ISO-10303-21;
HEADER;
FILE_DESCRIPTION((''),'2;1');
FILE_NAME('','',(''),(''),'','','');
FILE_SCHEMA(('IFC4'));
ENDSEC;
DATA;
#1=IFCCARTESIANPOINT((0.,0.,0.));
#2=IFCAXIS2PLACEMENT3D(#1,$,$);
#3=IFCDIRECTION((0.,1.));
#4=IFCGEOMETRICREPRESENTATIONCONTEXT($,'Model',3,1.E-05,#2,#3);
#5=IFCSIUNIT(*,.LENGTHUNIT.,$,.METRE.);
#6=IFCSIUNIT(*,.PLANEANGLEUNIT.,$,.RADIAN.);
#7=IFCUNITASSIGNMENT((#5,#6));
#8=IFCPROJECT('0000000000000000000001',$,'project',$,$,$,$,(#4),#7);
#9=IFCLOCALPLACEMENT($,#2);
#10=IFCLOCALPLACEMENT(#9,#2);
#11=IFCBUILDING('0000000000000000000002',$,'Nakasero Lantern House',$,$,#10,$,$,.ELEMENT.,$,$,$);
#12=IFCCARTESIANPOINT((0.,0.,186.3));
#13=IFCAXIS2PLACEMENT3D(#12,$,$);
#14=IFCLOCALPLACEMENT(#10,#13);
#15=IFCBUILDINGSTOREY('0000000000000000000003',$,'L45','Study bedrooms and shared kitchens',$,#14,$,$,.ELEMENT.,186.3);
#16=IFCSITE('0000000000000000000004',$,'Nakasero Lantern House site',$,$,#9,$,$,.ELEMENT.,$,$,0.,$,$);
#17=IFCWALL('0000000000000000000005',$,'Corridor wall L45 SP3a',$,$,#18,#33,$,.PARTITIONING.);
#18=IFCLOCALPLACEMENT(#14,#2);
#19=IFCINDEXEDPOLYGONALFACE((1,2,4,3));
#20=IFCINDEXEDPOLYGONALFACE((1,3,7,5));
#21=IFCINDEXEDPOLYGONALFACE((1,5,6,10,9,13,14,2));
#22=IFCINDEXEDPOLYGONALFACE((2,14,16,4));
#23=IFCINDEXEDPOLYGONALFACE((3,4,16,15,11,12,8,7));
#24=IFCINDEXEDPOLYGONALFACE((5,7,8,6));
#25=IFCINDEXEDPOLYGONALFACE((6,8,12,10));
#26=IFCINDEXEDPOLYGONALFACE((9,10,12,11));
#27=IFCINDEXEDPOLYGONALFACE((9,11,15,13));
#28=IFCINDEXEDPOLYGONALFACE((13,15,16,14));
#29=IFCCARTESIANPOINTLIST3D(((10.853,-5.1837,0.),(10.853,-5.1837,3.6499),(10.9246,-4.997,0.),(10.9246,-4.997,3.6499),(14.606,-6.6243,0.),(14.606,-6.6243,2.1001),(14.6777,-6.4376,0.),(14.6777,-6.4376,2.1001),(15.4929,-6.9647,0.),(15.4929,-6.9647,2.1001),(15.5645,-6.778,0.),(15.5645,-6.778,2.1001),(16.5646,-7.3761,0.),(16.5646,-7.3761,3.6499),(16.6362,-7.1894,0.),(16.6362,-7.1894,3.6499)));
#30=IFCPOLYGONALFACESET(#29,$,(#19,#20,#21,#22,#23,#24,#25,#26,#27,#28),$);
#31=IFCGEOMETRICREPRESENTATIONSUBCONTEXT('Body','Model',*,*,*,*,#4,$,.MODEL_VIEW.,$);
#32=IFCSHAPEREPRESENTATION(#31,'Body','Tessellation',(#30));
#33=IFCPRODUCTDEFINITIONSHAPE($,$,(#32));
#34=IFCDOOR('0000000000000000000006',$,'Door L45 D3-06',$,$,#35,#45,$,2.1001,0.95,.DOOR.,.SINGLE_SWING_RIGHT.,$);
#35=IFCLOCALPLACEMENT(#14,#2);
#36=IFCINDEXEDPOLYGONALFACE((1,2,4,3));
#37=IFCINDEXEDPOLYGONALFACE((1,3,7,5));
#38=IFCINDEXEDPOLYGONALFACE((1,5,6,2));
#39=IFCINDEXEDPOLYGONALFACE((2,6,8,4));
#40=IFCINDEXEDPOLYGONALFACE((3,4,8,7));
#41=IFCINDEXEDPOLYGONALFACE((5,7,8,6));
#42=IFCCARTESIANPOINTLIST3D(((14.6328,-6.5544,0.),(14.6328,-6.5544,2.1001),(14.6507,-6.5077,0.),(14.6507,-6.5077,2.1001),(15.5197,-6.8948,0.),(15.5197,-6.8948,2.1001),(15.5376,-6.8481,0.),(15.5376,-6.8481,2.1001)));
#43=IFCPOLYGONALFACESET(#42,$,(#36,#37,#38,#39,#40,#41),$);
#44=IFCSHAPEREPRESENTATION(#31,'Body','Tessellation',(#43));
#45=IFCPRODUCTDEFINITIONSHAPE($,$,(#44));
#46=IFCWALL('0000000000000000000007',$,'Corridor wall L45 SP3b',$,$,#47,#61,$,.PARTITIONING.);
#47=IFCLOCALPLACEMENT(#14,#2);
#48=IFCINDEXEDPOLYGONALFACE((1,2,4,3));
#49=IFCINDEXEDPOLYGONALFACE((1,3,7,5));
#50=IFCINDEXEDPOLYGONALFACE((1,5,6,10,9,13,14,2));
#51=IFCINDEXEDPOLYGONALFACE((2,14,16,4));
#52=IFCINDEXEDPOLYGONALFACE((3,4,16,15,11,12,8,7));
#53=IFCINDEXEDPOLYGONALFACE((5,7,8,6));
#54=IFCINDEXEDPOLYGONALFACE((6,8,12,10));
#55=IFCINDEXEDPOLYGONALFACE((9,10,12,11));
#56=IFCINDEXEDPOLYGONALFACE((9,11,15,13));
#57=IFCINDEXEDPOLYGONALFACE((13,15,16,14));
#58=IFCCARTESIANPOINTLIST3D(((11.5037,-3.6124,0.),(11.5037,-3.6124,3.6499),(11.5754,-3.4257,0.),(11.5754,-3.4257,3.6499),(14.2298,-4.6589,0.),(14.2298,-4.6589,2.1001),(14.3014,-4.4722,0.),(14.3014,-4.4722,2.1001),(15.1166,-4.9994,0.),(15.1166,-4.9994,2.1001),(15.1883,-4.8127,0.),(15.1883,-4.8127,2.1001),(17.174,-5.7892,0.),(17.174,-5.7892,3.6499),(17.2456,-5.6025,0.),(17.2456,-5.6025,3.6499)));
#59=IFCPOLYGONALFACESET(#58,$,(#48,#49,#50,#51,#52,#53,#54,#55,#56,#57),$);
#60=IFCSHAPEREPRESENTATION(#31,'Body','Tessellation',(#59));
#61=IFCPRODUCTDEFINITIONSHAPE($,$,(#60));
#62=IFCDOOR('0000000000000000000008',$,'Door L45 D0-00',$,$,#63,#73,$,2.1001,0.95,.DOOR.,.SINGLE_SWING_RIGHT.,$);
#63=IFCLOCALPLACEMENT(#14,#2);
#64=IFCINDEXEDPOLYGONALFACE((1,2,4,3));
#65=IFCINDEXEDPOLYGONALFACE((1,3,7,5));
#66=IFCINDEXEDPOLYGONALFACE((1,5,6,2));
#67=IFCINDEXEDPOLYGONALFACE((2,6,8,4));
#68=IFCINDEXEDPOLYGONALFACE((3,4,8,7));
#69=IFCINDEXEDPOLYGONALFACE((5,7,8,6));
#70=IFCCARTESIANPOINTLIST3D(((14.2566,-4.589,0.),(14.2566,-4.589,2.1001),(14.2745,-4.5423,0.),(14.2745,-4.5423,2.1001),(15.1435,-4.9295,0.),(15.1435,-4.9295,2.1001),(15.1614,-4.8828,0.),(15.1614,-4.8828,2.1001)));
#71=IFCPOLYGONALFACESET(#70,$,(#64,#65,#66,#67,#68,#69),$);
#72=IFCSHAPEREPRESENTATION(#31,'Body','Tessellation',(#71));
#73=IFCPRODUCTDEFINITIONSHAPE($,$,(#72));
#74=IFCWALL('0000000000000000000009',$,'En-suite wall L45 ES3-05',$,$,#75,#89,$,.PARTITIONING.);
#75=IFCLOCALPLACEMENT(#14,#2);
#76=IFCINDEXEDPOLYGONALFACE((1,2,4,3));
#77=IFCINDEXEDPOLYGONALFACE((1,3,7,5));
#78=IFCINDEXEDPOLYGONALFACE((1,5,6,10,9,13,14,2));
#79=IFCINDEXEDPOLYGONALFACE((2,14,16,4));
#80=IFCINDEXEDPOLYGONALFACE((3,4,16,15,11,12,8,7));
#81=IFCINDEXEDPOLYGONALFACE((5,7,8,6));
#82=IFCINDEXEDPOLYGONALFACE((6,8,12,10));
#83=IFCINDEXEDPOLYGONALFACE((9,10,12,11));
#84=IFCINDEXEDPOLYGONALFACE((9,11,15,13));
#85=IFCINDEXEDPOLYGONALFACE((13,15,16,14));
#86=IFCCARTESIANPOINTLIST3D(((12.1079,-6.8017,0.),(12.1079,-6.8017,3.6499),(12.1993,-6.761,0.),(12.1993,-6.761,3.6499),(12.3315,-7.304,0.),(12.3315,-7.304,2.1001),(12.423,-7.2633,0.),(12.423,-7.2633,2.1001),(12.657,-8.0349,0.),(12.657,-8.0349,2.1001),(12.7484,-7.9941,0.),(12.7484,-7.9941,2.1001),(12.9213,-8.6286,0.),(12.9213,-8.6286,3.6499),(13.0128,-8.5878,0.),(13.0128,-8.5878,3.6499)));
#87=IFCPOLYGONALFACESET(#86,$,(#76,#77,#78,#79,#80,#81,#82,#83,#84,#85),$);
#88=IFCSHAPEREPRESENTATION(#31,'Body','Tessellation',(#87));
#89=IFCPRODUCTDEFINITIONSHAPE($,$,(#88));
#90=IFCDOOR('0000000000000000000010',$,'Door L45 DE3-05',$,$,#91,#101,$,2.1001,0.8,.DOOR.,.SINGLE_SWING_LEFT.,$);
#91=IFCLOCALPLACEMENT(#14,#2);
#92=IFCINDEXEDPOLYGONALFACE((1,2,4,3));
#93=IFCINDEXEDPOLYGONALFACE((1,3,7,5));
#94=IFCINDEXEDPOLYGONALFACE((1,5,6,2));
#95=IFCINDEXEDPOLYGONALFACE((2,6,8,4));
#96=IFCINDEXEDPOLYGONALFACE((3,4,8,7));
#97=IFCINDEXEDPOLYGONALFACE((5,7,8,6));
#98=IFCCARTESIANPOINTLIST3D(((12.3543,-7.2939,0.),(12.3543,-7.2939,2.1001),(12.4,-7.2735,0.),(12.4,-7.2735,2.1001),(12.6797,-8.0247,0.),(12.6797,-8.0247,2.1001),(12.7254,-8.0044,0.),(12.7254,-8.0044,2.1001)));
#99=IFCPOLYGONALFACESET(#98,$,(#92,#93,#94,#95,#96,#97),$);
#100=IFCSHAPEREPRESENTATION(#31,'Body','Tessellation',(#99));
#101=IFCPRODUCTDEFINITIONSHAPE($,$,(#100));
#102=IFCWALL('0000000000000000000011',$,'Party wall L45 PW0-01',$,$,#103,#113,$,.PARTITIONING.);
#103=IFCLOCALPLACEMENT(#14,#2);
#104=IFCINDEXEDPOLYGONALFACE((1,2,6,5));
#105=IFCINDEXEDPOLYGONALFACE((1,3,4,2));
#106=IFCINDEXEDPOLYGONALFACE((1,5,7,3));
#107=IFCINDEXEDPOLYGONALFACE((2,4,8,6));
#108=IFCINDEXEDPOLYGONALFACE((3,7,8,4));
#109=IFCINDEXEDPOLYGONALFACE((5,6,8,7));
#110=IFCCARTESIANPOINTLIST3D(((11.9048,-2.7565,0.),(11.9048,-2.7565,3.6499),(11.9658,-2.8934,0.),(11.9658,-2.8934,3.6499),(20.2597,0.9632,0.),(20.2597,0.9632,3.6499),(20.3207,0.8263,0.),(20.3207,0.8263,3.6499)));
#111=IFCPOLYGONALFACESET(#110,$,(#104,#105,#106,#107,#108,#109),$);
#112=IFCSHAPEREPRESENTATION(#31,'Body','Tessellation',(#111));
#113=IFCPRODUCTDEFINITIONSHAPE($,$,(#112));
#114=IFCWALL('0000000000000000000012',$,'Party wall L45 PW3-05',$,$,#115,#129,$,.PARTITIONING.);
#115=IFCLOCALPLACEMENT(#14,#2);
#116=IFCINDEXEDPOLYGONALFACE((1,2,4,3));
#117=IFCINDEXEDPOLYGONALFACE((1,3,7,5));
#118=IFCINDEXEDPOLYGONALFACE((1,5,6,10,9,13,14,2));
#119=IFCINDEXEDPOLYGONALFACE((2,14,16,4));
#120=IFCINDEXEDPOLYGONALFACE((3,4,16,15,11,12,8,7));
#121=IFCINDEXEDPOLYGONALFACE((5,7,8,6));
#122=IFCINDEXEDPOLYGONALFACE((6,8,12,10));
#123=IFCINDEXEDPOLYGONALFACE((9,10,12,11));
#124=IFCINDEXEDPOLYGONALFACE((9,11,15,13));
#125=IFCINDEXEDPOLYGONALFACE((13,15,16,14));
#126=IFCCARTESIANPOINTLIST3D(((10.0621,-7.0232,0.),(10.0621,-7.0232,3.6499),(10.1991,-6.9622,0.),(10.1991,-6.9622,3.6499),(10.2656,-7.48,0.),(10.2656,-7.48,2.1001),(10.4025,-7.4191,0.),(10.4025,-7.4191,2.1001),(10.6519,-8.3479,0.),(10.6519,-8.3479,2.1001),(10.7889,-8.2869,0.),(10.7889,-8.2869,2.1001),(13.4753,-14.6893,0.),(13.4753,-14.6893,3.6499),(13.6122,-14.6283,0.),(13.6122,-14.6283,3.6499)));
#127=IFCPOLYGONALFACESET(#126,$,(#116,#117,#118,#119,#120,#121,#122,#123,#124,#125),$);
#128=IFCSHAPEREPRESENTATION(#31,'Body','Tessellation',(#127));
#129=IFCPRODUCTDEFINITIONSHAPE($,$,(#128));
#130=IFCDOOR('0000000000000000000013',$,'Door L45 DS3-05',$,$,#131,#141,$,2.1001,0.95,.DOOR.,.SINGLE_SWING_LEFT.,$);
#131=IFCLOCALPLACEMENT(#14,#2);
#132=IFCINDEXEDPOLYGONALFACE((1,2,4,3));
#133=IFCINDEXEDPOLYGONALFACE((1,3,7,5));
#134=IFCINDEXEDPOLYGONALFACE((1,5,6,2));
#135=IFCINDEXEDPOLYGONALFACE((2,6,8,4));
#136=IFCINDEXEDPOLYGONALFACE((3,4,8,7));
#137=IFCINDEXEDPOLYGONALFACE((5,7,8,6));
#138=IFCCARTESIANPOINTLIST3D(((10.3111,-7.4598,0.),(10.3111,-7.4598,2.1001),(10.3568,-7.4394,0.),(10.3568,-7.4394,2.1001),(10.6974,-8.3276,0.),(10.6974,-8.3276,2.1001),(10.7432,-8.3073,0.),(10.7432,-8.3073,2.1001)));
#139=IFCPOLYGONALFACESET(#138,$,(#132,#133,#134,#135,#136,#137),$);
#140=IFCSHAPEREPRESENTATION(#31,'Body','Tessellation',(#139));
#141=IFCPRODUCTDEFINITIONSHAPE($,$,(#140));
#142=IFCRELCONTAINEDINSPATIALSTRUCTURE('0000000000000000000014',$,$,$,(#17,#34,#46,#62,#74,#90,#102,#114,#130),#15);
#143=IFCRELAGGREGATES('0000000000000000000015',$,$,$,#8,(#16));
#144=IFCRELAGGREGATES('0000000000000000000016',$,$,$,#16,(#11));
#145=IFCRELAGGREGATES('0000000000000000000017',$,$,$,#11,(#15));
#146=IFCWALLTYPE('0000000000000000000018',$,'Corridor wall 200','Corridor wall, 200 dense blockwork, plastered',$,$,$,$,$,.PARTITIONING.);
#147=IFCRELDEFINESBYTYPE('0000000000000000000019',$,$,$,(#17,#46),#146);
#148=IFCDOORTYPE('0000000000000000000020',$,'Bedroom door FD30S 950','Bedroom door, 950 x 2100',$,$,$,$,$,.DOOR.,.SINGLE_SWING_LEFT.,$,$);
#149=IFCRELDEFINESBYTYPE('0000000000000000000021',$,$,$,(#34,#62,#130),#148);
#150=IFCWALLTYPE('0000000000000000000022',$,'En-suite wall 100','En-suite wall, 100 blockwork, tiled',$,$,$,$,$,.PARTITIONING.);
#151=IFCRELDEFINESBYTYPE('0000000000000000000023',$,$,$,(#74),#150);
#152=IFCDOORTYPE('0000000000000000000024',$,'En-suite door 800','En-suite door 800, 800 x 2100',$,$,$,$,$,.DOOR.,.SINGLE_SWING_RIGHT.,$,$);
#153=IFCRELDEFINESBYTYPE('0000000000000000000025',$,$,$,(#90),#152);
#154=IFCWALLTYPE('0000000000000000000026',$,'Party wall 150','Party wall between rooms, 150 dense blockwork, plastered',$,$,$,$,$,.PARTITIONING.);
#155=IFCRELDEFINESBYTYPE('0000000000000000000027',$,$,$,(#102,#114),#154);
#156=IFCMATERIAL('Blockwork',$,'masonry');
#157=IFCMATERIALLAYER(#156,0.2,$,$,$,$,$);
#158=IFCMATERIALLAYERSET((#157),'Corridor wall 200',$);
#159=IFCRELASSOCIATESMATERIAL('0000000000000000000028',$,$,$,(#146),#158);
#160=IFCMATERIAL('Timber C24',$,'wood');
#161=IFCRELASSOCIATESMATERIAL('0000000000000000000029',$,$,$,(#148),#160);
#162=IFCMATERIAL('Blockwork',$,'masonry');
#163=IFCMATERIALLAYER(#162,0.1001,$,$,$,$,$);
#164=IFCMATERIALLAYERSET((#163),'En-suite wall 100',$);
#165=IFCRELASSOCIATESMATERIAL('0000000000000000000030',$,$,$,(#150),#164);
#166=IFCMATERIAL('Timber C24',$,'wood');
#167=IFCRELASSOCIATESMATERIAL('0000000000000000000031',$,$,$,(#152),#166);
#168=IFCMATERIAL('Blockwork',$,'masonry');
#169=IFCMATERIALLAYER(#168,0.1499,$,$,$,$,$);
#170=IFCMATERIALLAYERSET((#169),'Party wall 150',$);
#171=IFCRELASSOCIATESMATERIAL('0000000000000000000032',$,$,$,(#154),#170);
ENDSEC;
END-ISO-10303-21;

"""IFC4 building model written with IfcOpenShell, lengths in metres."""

from ifc_helpers import new_model, si_unit, direction, frame, frame_2d, origin, place, context, subcontext, project, spatial, rectangle, extrude, material, layer, layer_set, type_object, element, fill, save


model = new_model("IFC4")

# Units and contexts
model_context = context("Model", 3, precision=1e-05, world=origin(), true_north=direction((0.0, 1.0)))
body_context = subcontext(model_context, "Body", "Model", "MODEL_VIEW")
ifc_project = project(units=[si_unit("LENGTHUNIT", "METRE"), si_unit("PLANEANGLEUNIT", "RADIAN")], contexts=[model_context])

# Site, building, storey
site_placement = place(None, origin())
site = spatial("IfcSite", under=ifc_project, at=site_placement, Name="Nakasero Lantern House site", CompositionType="ELEMENT", RefElevation=0.0)
building_placement = place(site_placement, origin())
building = spatial("IfcBuilding", under=site, at=building_placement, Name="Nakasero Lantern House", CompositionType="ELEMENT")
storey_placement = place(building_placement, frame((0.0, 0.0, 186.3)))
storey = spatial("IfcBuildingStorey", under=building, at=storey_placement, Name="L45", Description="Study bedrooms and shared kitchens", CompositionType="ELEMENT", Elevation=186.3)

# Shared definitions
ifc_material_1 = material(Name="Blockwork", Category="masonry")
ifc_layer_1 = layer(ifc_material_1, 0.2)
ifc_layer_set_1 = layer_set([ifc_layer_1], Name="Corridor wall 200")
wall_type_1 = type_object("IfcWallType", Name="Corridor wall 200", Description="Corridor wall, 200 dense blockwork, plastered", PredefinedType="PARTITIONING", material=ifc_layer_set_1)

# Walls, openings, doors
wall_1_placement = place(storey_placement, frame((10.8887, -5.0903, 0.0), z_axis=(0.0, 0.0, 1.0), x_axis=(0.933587, -0.358351, 0.0)))
wall_1 = element("IfcWall", 1, at=wall_1_placement, inside=storey, type_object=wall_type_1, Name="Corridor wall L45 SP3a", PredefinedType="PARTITIONING", context=body_context, shape_type="SweptSolid", body=[
    extrude(rectangle(XDim=6.1179, YDim=0.2, at=frame_2d((3.0591, 0.0))), origin(), (0.0, 0.0, 1.0), 3.6499),
])
opening_1_placement = place(wall_1_placement, frame((4.02, 0.0, 0.0)))
opening_1 = element("IfcOpeningElement", 2, at=opening_1_placement, cuts=wall_1, PredefinedType="OPENING", context=body_context, shape_type="SweptSolid", body=[
    extrude(rectangle(XDim=0.95, YDim=2.1001, at=frame_2d((0.4751, 1.05))), frame((0.0, 0.1199, 0.0), z_axis=(0.0, -1.0, 0.0), x_axis=(1.0, 0.0, 0.0)), (0.0, 0.0, 1.0), 0.24),
])
ifc_material_2 = material(Name="Timber C24", Category="wood")
door_type_1 = type_object("IfcDoorType", Name="Bedroom door FD30S 950", Description="Bedroom door, 950 x 2100", OperationType="SINGLE_SWING_LEFT", PredefinedType="DOOR", material=ifc_material_2)
door_1_placement = place(opening_1_placement, origin())
door_1 = element("IfcDoor", 3, at=door_1_placement, inside=storey, type_object=door_type_1, Name="Door L45 D3-06", OperationType="SINGLE_SWING_RIGHT", OverallHeight=2.1001, OverallWidth=0.95, PredefinedType="DOOR", context=body_context, shape_type="SweptSolid", body=[
    extrude(rectangle(XDim=0.95, YDim=2.1001, at=frame_2d((0.4751, 1.05))), frame((0.0, 0.0249, 0.0), z_axis=(0.0, -1.0, 0.0), x_axis=(1.0, 0.0, 0.0)), (0.0, 0.0, 1.0), 0.05),
])
fill(opening_1, door_1)
wall_2_placement = place(storey_placement, frame((11.5396, -3.519, 0.0), z_axis=(0.0, 0.0, 1.0), x_axis=(0.93357, -0.358394, 0.0)))
wall_2 = element("IfcWall", 4, at=wall_2_placement, inside=storey, type_object=wall_type_1, Name="Corridor wall L45 SP3b", PredefinedType="PARTITIONING", context=body_context, shape_type="SweptSolid", body=[
    extrude(rectangle(XDim=6.0737, YDim=0.2, at=frame_2d((3.0369, 0.0))), origin(), (0.0, 0.0, 1.0), 3.6499),
])
opening_2_placement = place(wall_2_placement, frame((2.9199, 0.0, 0.0)))
opening_2 = element("IfcOpeningElement", 5, at=opening_2_placement, cuts=wall_2, PredefinedType="OPENING", context=body_context, shape_type="SweptSolid", body=[
    extrude(rectangle(XDim=0.95, YDim=2.1001, at=frame_2d((0.4751, 1.05))), frame((0.0, 0.1199, 0.0), z_axis=(0.0, -1.0, 0.0), x_axis=(1.0, 0.0, 0.0)), (0.0, 0.0, 1.0), 0.24),
])
door_2_placement = place(opening_2_placement, origin())
door_2 = element("IfcDoor", 6, at=door_2_placement, inside=storey, type_object=door_type_1, Name="Door L45 D0-00", OperationType="SINGLE_SWING_RIGHT", OverallHeight=2.1001, OverallWidth=0.95, PredefinedType="DOOR", context=body_context, shape_type="SweptSolid", body=[
    extrude(rectangle(XDim=0.95, YDim=2.1001, at=frame_2d((0.4751, 1.05))), frame((0.0, 0.0249, 0.0), z_axis=(0.0, -1.0, 0.0), x_axis=(1.0, 0.0, 0.0)), (0.0, 0.0, 1.0), 0.05),
])
fill(opening_2, door_2)
ifc_material_3 = material(Name="Blockwork", Category="masonry")
ifc_layer_2 = layer(ifc_material_3, 0.1001)
ifc_layer_set_2 = layer_set([ifc_layer_2], Name="En-suite wall 100")
wall_type_2 = type_object("IfcWallType", Name="En-suite wall 100", Description="En-suite wall, 100 blockwork, tiled", PredefinedType="PARTITIONING", material=ifc_layer_set_2)
wall_3_placement = place(storey_placement, frame((12.1536, -6.7812, 0.0), z_axis=(0.0, 0.0, 1.0), x_axis=(0.406773, -0.913529, 0.0)))
wall_3 = element("IfcWall", 7, at=wall_3_placement, inside=storey, type_object=wall_type_2, Name="En-suite wall L45 ES3-05", PredefinedType="PARTITIONING", context=body_context, shape_type="SweptSolid", body=[
    extrude(rectangle(XDim=1.9998, YDim=0.1001, at=frame_2d((1.0, 0.0))), origin(), (0.0, 0.0, 1.0), 3.6499),
])
opening_3_placement = place(wall_3_placement, frame((0.55, 0.0, 0.0)))
opening_3 = element("IfcOpeningElement", 8, at=opening_3_placement, cuts=wall_3, PredefinedType="OPENING", context=body_context, shape_type="SweptSolid", body=[
    extrude(rectangle(XDim=0.8, YDim=2.1001, at=frame_2d((0.3999, 1.05))), frame((0.0, 0.0701, 0.0), z_axis=(0.0, -1.0, 0.0), x_axis=(1.0, 0.0, 0.0)), (0.0, 0.0, 1.0), 0.1401),
])
ifc_material_4 = material(Name="Timber C24", Category="wood")
door_type_2 = type_object("IfcDoorType", Name="En-suite door 800", Description="En-suite door 800, 800 x 2100", OperationType="SINGLE_SWING_RIGHT", PredefinedType="DOOR", material=ifc_material_4)
door_3_placement = place(opening_3_placement, origin())
door_3 = element("IfcDoor", 9, at=door_3_placement, inside=storey, type_object=door_type_2, Name="Door L45 DE3-05", OperationType="SINGLE_SWING_LEFT", OverallHeight=2.1001, OverallWidth=0.8, PredefinedType="DOOR", context=body_context, shape_type="SweptSolid", body=[
    extrude(rectangle(XDim=0.8, YDim=2.1001, at=frame_2d((0.3999, 1.05))), frame((0.0, 0.0249, 0.0), z_axis=(0.0, -1.0, 0.0), x_axis=(1.0, 0.0, 0.0)), (0.0, 0.0, 1.0), 0.05),
])
fill(opening_3, door_3)

# Wall
ifc_material_5 = material(Name="Blockwork", Category="masonry")
ifc_layer_3 = layer(ifc_material_5, 0.1499)
ifc_layer_set_3 = layer_set([ifc_layer_3], Name="Party wall 150")
wall_type_3 = type_object("IfcWallType", Name="Party wall 150", Description="Party wall between rooms, 150 dense blockwork, plastered", PredefinedType="PARTITIONING", material=ifc_layer_set_3)
wall_4_placement = place(storey_placement, frame((11.9353, -2.825, 0.0), z_axis=(0.0, 0.0, 1.0), x_axis=(0.913552, 0.406723, 0.0)))
element("IfcWall", 10, at=wall_4_placement, inside=storey, type_object=wall_type_3, Name="Party wall L45 PW0-01", PredefinedType="PARTITIONING", context=body_context, shape_type="SweptSolid", body=[
    extrude(rectangle(XDim=9.1455, YDim=0.1499, at=frame_2d((4.5728, 0.0))), origin(), (0.0, 0.0, 1.0), 3.6499),
])

# Wall, opening, door
wall_5_placement = place(storey_placement, frame((10.1306, -6.9927, 0.0), z_axis=(0.0, 0.0, 1.0), x_axis=(0.406732, -0.913547, 0.0)))
wall_5 = element("IfcWall", 11, at=wall_5_placement, inside=storey, type_object=wall_type_3, Name="Party wall L45 PW3-05", PredefinedType="PARTITIONING", context=body_context, shape_type="SweptSolid", body=[
    extrude(rectangle(XDim=8.3916, YDim=0.1499, at=frame_2d((4.1958, 0.0))), origin(), (0.0, 0.0, 1.0), 3.6499),
])
opening_4_placement = place(wall_5_placement, frame((0.5, 0.0, 0.0)))
opening_4 = element("IfcOpeningElement", 12, at=opening_4_placement, cuts=wall_5, PredefinedType="OPENING", context=body_context, shape_type="SweptSolid", body=[
    extrude(rectangle(XDim=0.95, YDim=2.1001, at=frame_2d((0.4751, 1.05))), frame((0.0, 0.095, 0.0), z_axis=(0.0, -1.0, 0.0), x_axis=(1.0, 0.0, 0.0)), (0.0, 0.0, 1.0), 0.1899),
])
door_4_placement = place(opening_4_placement, origin())
door_4 = element("IfcDoor", 13, at=door_4_placement, inside=storey, type_object=door_type_1, Name="Door L45 DS3-05", OperationType="SINGLE_SWING_LEFT", OverallHeight=2.1001, OverallWidth=0.95, PredefinedType="DOOR", context=body_context, shape_type="SweptSolid", body=[
    extrude(rectangle(XDim=0.95, YDim=2.1001, at=frame_2d((0.4751, 1.05))), frame((0.0, 0.0249, 0.0), z_axis=(0.0, -1.0, 0.0), x_axis=(1.0, 0.0, 0.0)), (0.0, 0.0, 1.0), 0.05),
])
fill(opening_4, door_4)

save(model, "model.ifc")
